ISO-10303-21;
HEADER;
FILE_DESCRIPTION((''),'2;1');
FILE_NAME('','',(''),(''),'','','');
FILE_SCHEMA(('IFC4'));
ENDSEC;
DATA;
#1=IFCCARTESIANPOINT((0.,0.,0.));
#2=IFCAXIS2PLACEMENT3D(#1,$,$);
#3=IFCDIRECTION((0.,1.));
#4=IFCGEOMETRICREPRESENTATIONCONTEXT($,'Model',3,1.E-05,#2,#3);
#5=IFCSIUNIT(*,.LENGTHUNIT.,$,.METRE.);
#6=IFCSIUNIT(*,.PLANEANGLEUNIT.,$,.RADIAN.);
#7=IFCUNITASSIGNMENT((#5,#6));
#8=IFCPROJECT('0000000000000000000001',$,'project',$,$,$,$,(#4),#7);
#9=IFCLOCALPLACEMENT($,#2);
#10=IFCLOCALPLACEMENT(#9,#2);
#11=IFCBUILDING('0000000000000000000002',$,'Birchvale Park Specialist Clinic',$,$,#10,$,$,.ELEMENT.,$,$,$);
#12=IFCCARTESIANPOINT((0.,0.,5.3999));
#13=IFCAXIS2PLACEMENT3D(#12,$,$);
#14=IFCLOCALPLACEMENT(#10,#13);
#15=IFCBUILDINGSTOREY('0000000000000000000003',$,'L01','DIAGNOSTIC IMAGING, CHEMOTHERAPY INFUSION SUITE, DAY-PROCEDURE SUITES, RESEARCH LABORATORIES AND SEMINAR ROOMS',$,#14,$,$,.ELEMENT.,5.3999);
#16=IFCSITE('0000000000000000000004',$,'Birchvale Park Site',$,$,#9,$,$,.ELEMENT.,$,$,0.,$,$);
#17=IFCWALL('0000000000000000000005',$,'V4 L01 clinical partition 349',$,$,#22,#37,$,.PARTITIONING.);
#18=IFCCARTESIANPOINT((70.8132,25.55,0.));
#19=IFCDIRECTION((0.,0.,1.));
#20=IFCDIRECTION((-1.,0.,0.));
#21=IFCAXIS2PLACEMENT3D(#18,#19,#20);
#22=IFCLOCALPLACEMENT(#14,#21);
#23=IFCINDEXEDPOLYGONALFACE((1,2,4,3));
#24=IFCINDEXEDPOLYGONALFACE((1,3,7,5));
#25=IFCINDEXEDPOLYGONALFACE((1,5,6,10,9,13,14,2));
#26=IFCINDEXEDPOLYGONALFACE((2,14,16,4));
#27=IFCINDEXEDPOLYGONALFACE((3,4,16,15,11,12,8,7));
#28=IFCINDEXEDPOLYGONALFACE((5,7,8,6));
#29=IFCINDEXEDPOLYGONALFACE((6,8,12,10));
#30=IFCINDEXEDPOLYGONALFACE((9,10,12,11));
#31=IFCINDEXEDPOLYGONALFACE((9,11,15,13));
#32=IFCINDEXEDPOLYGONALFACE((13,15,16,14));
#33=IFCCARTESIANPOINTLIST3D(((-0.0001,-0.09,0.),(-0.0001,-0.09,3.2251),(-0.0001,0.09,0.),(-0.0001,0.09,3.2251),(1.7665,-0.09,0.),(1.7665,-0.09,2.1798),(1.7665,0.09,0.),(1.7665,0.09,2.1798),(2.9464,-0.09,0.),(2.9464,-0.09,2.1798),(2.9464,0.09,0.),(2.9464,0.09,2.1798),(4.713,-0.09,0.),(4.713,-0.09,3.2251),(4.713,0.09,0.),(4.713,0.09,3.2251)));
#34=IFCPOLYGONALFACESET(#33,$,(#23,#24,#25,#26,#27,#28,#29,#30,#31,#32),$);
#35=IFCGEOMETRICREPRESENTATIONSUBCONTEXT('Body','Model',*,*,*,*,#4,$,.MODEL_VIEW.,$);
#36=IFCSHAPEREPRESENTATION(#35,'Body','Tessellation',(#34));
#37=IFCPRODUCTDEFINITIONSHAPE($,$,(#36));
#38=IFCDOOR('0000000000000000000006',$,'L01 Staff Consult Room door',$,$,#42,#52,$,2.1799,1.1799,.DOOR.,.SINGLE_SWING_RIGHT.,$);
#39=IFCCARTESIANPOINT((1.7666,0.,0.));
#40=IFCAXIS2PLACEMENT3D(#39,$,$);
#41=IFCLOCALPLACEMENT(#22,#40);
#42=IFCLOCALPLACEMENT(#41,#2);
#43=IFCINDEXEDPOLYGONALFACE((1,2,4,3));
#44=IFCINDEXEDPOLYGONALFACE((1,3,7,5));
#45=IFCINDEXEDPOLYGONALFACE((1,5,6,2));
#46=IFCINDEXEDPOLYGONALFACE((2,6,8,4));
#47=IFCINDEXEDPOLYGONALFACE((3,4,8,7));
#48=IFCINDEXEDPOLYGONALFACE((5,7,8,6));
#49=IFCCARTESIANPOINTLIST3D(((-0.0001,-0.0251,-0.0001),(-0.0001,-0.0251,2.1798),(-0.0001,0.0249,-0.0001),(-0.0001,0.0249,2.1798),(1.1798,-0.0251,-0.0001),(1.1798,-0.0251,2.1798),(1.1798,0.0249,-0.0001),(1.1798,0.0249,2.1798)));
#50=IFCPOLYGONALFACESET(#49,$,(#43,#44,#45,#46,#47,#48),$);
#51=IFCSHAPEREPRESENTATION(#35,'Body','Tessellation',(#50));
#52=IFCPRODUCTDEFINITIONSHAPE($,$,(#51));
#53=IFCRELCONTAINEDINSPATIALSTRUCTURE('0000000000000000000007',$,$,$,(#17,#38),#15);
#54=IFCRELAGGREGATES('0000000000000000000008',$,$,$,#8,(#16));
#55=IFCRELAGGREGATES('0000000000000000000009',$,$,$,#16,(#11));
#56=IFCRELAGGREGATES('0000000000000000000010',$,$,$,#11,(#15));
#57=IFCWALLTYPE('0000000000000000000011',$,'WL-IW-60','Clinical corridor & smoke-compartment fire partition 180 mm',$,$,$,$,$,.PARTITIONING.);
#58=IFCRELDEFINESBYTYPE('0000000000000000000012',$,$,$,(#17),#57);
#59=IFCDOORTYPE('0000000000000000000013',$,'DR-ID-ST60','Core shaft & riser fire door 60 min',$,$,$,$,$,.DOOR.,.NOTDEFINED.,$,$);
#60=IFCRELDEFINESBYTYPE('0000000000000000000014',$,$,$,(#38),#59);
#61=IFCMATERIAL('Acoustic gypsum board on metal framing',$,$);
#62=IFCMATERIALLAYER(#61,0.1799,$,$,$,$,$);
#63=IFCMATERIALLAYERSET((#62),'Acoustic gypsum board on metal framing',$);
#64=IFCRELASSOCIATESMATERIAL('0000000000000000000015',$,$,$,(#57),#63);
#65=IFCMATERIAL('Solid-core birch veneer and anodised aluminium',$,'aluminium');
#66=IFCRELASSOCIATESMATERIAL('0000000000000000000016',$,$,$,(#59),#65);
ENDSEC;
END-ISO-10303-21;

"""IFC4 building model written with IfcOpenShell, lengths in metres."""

from ifc_helpers import new_model, si_unit, direction, frame, frame_2d, origin, place, context, subcontext, project, spatial, rectangle, extrude, material, layer, layer_set, type_object, element, fill, save


model = new_model("IFC4")

# Units and contexts
model_context = context("Model", 3, precision=1e-05, world=origin(), true_north=direction((0.0, 1.0)))
body_context = subcontext(model_context, "Body", "Model", "MODEL_VIEW")
ifc_project = project(units=[si_unit("LENGTHUNIT", "METRE"), si_unit("PLANEANGLEUNIT", "RADIAN")], contexts=[model_context])

# Site, building, storey
site_placement = place(None, origin())
site = spatial("IfcSite", under=ifc_project, at=site_placement, Name="Birchvale Park Site", CompositionType="ELEMENT", RefElevation=0.0)
building_placement = place(site_placement, origin())
building = spatial("IfcBuilding", under=site, at=building_placement, Name="Birchvale Park Specialist Clinic", CompositionType="ELEMENT")
storey_placement = place(building_placement, frame((0.0, 0.0, 5.3999)))
storey = spatial("IfcBuildingStorey", under=building, at=storey_placement, Name="L01", Description="DIAGNOSTIC IMAGING, CHEMOTHERAPY INFUSION SUITE, DAY-PROCEDURE SUITES, RESEARCH LABORATORIES AND SEMINAR ROOMS", CompositionType="ELEMENT", Elevation=5.3999)

# Shared definitions
ifc_material_1 = material(Name="Solid-core birch veneer and anodised aluminium", Category="aluminium")

# Shared definitions
ifc_material_2 = material(Name="Acoustic gypsum board on metal framing")

# Wall, opening, door
ifc_layer_1 = layer(ifc_material_2, 0.1799)
ifc_layer_set_1 = layer_set([ifc_layer_1], Name="Acoustic gypsum board on metal framing")
wall_type_1 = type_object("IfcWallType", Name="WL-IW-60", Description="Clinical corridor & smoke-compartment fire partition 180 mm", PredefinedType="PARTITIONING", material=ifc_layer_set_1)
door_type_1 = type_object("IfcDoorType", Name="DR-ID-ST60", Description="Core shaft & riser fire door 60 min", OperationType="NOTDEFINED", PredefinedType="DOOR", material=ifc_material_1)
wall_1_placement = place(storey_placement, frame((70.8132, 25.55, 0.0), z_axis=(0.0, 0.0, 1.0), x_axis=(-1.0, 0.0, 0.0)))
wall_1 = element("IfcWall", 1, at=wall_1_placement, inside=storey, type_object=wall_type_1, Name="V4 L01 clinical partition 349", PredefinedType="PARTITIONING", context=body_context, shape_type="SweptSolid", body=[
    extrude(rectangle(XDim=4.7131, YDim=0.1799, at=frame_2d((2.3564, 0.0))), origin(), (0.0, 0.0, 1.0), 3.2251),
])
opening_1_placement = place(wall_1_placement, frame((1.7666, 0.0, 0.0)))
opening_1 = element("IfcOpeningElement", 2, at=opening_1_placement, cuts=wall_1, PredefinedType="OPENING", context=body_context, shape_type="SweptSolid", body=[
    extrude(rectangle(XDim=1.1799, YDim=2.1799, at=frame_2d((0.5898, 1.0898))), frame((0.0, 0.1001, 0.0), z_axis=(0.0, -1.0, 0.0), x_axis=(1.0, 0.0, 0.0)), (0.0, 0.0, 1.0), 0.2),
])
door_1_placement = place(opening_1_placement, origin())
door_1 = element("IfcDoor", 3, at=door_1_placement, inside=storey, type_object=door_type_1, Name="L01 Staff Consult Room door", OperationType="SINGLE_SWING_RIGHT", OverallHeight=2.1799, OverallWidth=1.1799, PredefinedType="DOOR", context=body_context, shape_type="SweptSolid", body=[
    extrude(rectangle(XDim=1.1799, YDim=2.1799, at=frame_2d((0.5898, 1.0898))), frame((0.0, 0.0249, 0.0), z_axis=(0.0, -1.0, 0.0), x_axis=(1.0, 0.0, 0.0)), (0.0, 0.0, 1.0), 0.05),
])
fill(opening_1, door_1)

save(model, "model.ifc")
